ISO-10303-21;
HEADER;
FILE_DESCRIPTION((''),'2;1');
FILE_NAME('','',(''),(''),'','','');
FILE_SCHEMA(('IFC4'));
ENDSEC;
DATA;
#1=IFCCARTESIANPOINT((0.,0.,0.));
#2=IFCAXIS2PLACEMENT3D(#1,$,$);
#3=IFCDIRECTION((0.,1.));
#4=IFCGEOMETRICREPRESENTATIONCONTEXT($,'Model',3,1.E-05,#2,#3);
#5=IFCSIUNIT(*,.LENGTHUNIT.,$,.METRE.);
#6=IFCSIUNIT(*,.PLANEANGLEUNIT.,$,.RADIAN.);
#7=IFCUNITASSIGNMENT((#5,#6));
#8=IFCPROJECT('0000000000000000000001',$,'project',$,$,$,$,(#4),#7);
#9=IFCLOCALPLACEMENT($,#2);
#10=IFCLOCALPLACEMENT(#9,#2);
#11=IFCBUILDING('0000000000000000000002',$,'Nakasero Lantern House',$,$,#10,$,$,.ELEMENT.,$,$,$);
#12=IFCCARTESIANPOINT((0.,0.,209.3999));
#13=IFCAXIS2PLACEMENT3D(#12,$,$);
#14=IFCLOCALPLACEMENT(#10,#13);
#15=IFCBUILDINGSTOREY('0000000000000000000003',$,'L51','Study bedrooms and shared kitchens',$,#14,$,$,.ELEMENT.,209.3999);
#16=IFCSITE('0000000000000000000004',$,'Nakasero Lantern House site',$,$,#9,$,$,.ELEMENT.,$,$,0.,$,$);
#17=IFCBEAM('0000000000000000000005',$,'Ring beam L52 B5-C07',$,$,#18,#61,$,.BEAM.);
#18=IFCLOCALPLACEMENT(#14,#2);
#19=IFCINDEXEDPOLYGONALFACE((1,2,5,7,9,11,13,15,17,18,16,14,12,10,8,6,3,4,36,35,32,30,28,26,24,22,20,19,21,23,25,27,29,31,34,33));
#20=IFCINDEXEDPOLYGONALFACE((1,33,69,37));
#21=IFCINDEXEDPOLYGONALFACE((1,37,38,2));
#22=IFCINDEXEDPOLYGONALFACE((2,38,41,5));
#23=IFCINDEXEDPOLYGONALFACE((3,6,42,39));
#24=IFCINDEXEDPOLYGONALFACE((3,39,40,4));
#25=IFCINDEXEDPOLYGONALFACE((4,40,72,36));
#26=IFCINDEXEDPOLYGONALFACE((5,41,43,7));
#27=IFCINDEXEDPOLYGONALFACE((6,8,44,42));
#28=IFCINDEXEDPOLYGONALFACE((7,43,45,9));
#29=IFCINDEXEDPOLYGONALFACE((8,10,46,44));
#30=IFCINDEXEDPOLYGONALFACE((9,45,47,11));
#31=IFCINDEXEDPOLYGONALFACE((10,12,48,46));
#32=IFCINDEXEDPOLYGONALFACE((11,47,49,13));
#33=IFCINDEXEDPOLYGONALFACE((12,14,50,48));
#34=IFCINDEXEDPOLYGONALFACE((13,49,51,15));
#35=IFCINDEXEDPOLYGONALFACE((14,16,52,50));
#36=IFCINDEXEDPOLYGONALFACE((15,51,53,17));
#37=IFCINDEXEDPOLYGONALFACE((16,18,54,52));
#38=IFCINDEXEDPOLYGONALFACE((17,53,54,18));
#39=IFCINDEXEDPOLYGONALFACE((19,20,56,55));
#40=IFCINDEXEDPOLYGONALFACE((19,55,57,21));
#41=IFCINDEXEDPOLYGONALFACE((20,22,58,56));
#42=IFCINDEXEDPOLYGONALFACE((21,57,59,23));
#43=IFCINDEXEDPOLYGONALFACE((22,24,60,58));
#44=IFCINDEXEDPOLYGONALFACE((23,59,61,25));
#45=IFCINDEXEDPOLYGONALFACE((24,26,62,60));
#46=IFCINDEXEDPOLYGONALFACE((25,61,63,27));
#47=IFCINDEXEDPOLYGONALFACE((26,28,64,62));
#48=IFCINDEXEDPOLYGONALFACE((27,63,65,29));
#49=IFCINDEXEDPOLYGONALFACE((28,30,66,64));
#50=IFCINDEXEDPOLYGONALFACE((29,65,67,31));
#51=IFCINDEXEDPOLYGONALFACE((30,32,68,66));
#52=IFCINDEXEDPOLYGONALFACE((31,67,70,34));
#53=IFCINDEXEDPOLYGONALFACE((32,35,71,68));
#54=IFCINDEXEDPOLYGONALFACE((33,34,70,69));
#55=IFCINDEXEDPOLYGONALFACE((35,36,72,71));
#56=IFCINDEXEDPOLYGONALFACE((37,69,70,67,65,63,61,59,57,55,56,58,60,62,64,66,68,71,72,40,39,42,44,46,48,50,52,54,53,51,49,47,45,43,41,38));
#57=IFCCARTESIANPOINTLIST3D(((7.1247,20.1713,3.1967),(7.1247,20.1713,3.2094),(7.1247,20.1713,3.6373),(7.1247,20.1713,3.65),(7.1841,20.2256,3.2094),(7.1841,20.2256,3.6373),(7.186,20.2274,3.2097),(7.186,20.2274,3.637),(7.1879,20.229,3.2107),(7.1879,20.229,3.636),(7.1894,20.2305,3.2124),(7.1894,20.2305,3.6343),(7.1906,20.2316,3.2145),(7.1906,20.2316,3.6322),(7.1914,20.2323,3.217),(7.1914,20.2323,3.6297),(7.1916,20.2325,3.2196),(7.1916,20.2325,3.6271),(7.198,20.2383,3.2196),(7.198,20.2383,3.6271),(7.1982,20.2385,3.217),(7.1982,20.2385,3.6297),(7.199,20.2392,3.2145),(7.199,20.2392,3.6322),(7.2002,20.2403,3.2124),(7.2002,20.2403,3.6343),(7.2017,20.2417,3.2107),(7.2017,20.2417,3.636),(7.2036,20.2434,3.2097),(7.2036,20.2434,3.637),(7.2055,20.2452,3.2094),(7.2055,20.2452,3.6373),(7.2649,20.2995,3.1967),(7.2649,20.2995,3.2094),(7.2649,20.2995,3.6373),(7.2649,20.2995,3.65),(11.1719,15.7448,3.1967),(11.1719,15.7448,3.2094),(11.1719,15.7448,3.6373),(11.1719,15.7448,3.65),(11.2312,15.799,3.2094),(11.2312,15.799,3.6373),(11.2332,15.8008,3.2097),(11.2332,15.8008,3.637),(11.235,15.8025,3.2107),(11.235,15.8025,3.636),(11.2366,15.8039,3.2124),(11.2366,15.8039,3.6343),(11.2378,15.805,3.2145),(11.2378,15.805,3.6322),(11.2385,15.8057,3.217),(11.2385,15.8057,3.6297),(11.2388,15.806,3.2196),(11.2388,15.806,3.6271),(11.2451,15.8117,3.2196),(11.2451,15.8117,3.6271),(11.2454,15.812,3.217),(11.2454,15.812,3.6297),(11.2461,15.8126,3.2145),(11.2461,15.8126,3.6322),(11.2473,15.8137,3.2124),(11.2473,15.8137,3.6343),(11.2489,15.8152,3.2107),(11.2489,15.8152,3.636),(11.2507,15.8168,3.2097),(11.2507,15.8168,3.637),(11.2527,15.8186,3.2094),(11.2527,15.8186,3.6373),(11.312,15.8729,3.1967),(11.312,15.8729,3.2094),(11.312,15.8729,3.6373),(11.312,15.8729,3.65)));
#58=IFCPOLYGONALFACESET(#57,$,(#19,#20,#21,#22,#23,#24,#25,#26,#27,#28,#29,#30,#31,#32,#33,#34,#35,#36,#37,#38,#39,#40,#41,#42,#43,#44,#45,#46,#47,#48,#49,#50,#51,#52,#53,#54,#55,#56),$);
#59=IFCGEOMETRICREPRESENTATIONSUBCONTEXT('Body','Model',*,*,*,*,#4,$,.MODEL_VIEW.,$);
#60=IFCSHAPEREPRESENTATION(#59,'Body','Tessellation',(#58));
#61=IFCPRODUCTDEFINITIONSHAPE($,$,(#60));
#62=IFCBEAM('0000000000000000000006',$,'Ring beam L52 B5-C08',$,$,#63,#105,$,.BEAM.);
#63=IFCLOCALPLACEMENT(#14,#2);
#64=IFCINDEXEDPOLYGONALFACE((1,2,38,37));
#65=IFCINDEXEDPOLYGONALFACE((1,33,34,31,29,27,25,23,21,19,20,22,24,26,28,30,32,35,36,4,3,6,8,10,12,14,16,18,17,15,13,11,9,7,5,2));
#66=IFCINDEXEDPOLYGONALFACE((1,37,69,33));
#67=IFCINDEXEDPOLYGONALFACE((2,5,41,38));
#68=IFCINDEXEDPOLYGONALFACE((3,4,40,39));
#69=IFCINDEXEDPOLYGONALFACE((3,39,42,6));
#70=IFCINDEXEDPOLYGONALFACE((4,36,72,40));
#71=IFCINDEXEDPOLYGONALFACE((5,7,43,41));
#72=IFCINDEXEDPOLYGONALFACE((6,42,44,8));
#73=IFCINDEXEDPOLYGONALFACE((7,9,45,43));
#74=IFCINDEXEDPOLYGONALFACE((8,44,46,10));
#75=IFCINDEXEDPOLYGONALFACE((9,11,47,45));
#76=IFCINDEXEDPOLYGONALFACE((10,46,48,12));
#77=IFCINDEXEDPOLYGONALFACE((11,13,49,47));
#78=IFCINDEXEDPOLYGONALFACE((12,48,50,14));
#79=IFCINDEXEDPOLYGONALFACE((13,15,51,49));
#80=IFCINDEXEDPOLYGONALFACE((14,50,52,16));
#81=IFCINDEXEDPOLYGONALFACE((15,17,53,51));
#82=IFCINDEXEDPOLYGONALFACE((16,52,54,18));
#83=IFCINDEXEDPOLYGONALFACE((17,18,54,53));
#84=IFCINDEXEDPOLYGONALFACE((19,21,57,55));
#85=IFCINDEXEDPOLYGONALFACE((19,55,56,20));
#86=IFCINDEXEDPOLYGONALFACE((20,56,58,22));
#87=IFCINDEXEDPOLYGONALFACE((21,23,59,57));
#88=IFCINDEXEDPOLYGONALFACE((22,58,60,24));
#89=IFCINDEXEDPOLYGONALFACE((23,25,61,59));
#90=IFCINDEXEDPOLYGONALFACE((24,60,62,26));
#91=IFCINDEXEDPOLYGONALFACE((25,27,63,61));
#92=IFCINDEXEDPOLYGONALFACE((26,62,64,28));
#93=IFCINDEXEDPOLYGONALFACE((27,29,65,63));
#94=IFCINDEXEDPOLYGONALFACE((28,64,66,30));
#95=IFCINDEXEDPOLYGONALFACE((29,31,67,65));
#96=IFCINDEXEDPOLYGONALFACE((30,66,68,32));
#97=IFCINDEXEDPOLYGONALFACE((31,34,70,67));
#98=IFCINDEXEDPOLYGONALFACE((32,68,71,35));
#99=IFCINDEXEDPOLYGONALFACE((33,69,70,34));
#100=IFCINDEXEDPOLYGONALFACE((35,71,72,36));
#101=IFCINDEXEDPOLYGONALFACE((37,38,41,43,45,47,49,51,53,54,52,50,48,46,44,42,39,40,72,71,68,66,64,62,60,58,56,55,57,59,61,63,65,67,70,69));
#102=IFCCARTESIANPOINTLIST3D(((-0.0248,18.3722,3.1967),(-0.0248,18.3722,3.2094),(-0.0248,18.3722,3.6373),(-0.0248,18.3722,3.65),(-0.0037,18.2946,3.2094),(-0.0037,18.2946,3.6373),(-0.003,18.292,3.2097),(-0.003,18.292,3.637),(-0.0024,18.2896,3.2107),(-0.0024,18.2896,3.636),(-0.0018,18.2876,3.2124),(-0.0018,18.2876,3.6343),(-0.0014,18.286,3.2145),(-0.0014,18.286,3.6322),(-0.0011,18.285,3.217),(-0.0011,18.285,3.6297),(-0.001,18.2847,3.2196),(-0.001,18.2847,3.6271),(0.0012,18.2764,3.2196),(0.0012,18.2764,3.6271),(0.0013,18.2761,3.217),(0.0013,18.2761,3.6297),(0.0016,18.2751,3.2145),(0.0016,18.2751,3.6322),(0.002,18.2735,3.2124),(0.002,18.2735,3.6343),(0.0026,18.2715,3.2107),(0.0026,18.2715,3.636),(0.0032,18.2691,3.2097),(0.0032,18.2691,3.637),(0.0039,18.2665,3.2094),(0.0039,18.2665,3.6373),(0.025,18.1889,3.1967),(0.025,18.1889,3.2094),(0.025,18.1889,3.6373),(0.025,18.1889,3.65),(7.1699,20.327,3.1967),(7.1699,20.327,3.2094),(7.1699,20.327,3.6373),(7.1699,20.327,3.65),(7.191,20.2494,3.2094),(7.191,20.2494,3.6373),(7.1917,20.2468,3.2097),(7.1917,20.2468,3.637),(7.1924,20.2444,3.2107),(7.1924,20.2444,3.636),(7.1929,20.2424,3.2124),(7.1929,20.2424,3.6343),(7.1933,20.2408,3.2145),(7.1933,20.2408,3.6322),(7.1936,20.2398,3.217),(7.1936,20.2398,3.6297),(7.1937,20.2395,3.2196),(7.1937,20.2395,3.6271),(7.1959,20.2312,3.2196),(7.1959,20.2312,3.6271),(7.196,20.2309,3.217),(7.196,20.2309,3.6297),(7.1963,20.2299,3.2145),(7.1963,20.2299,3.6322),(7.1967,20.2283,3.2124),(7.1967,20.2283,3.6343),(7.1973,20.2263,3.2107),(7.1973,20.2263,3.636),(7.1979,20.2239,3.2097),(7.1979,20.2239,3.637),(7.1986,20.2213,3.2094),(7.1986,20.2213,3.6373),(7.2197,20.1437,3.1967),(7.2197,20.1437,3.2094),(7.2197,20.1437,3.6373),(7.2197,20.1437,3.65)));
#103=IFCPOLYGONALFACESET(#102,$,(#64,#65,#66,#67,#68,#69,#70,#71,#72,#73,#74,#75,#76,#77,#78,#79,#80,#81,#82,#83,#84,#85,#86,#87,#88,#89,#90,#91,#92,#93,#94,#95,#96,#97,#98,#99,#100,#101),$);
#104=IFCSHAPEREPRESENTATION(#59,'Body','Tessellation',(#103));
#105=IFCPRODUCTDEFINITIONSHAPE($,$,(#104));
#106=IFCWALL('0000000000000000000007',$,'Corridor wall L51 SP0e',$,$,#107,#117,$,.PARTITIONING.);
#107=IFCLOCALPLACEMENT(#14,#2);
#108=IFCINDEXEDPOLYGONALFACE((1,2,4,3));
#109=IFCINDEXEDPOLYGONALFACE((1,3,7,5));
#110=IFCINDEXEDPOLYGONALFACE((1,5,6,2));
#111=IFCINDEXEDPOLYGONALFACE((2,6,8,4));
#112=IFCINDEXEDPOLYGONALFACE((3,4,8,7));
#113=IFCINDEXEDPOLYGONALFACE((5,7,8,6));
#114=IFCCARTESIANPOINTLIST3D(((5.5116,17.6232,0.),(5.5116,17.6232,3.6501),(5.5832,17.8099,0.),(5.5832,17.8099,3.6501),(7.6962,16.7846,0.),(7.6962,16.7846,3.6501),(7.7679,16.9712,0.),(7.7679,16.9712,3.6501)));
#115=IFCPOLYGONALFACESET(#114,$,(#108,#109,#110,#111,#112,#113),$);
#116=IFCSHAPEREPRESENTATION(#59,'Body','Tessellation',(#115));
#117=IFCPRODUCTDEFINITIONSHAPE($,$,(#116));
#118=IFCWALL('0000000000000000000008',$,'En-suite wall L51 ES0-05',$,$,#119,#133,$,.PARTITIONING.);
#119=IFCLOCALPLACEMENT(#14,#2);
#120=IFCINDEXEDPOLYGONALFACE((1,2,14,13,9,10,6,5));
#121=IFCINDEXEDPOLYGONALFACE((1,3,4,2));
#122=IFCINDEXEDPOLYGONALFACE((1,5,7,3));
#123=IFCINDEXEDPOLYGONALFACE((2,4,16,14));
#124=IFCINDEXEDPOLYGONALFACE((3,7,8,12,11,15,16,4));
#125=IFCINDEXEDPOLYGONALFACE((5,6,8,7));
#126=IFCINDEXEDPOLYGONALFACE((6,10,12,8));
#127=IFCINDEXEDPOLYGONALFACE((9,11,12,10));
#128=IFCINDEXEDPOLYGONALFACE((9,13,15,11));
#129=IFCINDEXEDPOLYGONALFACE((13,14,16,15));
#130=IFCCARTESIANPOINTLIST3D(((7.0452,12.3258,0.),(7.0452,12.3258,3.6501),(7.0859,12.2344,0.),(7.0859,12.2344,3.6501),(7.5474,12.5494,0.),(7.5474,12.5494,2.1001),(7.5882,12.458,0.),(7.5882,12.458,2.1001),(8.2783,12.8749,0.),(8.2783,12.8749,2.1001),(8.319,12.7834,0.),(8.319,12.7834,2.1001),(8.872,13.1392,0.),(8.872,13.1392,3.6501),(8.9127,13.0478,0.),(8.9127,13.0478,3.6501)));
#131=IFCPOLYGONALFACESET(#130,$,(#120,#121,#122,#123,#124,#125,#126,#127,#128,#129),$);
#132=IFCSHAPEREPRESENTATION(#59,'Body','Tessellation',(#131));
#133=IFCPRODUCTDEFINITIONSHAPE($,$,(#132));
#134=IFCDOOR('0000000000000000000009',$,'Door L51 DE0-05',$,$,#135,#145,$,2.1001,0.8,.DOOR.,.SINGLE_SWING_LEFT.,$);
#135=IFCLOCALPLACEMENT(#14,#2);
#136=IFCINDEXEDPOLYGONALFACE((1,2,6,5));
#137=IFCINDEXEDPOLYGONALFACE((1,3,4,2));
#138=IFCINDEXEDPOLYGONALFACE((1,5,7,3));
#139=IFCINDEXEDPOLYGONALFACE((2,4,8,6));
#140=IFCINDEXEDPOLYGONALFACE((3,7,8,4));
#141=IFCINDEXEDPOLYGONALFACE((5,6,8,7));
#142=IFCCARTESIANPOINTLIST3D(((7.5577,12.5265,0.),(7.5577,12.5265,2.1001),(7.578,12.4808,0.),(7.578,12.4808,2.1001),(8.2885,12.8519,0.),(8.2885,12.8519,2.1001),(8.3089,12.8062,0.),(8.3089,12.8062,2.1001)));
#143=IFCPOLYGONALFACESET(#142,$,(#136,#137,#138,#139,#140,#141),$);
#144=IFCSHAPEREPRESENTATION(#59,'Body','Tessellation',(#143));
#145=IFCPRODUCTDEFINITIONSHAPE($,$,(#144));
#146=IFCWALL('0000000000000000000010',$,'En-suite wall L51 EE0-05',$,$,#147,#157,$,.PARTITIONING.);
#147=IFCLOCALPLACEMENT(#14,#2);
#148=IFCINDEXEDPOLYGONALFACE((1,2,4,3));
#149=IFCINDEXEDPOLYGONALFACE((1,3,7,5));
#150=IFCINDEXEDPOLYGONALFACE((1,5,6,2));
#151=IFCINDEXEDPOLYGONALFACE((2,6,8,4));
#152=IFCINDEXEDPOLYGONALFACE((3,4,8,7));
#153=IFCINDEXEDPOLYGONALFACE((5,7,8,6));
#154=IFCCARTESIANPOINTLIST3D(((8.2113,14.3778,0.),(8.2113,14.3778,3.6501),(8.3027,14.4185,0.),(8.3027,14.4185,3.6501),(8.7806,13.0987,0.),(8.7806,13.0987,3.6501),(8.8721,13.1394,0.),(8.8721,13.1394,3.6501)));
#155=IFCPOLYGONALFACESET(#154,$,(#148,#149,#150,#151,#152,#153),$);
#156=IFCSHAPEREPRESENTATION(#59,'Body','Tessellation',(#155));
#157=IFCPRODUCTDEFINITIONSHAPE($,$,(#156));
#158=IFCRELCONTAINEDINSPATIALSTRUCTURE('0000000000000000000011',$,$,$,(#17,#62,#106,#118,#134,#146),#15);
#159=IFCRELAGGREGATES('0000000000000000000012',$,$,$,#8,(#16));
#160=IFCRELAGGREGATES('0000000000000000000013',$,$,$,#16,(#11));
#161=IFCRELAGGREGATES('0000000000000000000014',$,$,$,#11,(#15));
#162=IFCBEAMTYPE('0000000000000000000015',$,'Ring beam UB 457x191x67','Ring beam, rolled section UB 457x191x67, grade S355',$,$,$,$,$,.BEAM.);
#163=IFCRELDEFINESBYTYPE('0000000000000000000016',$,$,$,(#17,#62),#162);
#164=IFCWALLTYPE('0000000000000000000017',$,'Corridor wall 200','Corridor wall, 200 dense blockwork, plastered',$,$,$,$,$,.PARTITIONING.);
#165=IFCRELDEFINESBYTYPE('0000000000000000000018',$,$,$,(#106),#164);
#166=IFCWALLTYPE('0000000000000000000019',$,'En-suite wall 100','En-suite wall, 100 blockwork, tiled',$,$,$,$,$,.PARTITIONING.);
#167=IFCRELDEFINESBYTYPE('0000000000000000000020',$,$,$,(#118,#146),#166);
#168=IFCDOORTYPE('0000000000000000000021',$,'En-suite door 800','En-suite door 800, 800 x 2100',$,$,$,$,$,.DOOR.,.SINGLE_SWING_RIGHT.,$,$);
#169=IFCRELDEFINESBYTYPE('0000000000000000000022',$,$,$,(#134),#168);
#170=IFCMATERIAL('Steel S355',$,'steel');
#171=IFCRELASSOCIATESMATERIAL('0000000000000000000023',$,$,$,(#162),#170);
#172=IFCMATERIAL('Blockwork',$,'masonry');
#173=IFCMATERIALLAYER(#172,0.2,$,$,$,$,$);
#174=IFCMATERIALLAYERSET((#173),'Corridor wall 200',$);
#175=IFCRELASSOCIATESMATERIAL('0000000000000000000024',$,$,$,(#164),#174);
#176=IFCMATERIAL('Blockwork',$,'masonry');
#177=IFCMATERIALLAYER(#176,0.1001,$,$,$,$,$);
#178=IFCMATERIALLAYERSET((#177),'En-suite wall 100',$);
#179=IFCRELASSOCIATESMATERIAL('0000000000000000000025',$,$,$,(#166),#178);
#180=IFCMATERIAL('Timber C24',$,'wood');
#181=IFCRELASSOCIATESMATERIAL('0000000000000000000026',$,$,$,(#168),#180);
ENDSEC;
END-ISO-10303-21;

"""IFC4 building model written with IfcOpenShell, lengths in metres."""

from ifc_helpers import new_model, si_unit, direction, frame, frame_2d, origin, origin_2d, place, context, subcontext, project, spatial, rectangle, i_section, extrude, material, layer, layer_set, material_profile, profile_set, type_object, element, fill, save


model = new_model("IFC4")

# Units and contexts
model_context = context("Model", 3, precision=1e-05, world=origin(), true_north=direction((0.0, 1.0)))
body_context = subcontext(model_context, "Body", "Model", "MODEL_VIEW")
ifc_project = project(units=[si_unit("LENGTHUNIT", "METRE"), si_unit("PLANEANGLEUNIT", "RADIAN")], contexts=[model_context])

# Site, building, storey
site_placement = place(None, origin())
site = spatial("IfcSite", under=ifc_project, at=site_placement, Name="Nakasero Lantern House site", CompositionType="ELEMENT", RefElevation=0.0)
building_placement = place(site_placement, origin())
building = spatial("IfcBuilding", under=site, at=building_placement, Name="Nakasero Lantern House", CompositionType="ELEMENT")
storey_placement = place(building_placement, frame((0.0, 0.0, 209.3999)))
storey = spatial("IfcBuildingStorey", under=building, at=storey_placement, Name="L51", Description="Study bedrooms and shared kitchens", CompositionType="ELEMENT", Elevation=209.3999)

# Beams
ifc_material_1 = material(Name="Steel S355", Category="steel")
ifc_material_profile_1 = material_profile(ifc_material_1, i_section(OverallWidth=0.1899, OverallDepth=0.4534, WebThickness=0.0085, FlangeThickness=0.0127, FilletRadius=0.0103, at=origin_2d()), Name="UB 457x191x67")
ifc_profile_set_1 = profile_set([ifc_material_profile_1], Name="Steel S355")
beam_type_1 = type_object("IfcBeamType", Name="Ring beam UB 457x191x67", Description="Ring beam, rolled section UB 457x191x67, grade S355", PredefinedType="BEAM", material=ifc_profile_set_1)
beam_1_placement = place(storey_placement, frame((11.2419, 15.8088, 3.4233), z_axis=(-0.674771, 0.738027, 0.0), x_axis=(-0.738027, -0.674771, 0.0)))
element("IfcBeam", 1, at=beam_1_placement, inside=storey, type_object=beam_type_1, Name="Ring beam L52 B5-C07", PredefinedType="BEAM", context=body_context, shape_type="SweptSolid", body=[
    extrude(i_section(OverallWidth=0.1899, OverallDepth=0.4534, WebThickness=0.0085, FlangeThickness=0.0127, FilletRadius=0.0103, at=origin_2d()), origin(), (0.0, 0.0, 1.0), 5.9978),
])
beam_2_placement = place(storey_placement, frame((7.1948, 20.2354, 3.4233), z_axis=(-0.965015, -0.262195, 0.0), x_axis=(0.262195, -0.965015, 0.0)))
element("IfcBeam", 2, at=beam_2_placement, inside=storey, type_object=beam_type_1, Name="Ring beam L52 B5-C08", PredefinedType="BEAM", context=body_context, shape_type="SweptSolid", body=[
    extrude(i_section(OverallWidth=0.1899, OverallDepth=0.4534, WebThickness=0.0085, FlangeThickness=0.0127, FilletRadius=0.0103, at=origin_2d()), origin(), (0.0, 0.0, 1.0), 7.4556),
])

# Wall
ifc_material_2 = material(Name="Blockwork", Category="masonry")
ifc_layer_1 = layer(ifc_material_2, 0.2)
ifc_layer_set_1 = layer_set([ifc_layer_1], Name="Corridor wall 200")
wall_type_1 = type_object("IfcWallType", Name="Corridor wall 200", Description="Corridor wall, 200 dense blockwork, plastered", PredefinedType="PARTITIONING", material=ifc_layer_set_1)
wall_1_placement = place(storey_placement, frame((7.7319, 16.8779, 0.0), z_axis=(0.0, 0.0, 1.0), x_axis=(-0.933574, 0.358385, 0.0)))
element("IfcWall", 3, at=wall_1_placement, inside=storey, type_object=wall_type_1, Name="Corridor wall L51 SP0e", PredefinedType="PARTITIONING", context=body_context, shape_type="SweptSolid", body=[
    extrude(rectangle(XDim=2.3401, YDim=0.2, at=frame_2d((1.1699, 0.0))), origin(), (0.0, 0.0, 1.0), 3.6501),
])

# Wall, opening, door
ifc_material_3 = material(Name="Blockwork", Category="masonry")
ifc_layer_2 = layer(ifc_material_3, 0.1001)
ifc_layer_set_2 = layer_set([ifc_layer_2], Name="En-suite wall 100")
wall_type_2 = type_object("IfcWallType", Name="En-suite wall 100", Description="En-suite wall, 100 blockwork, tiled", PredefinedType="PARTITIONING", material=ifc_layer_set_2)
wall_2_placement = place(storey_placement, frame((7.0654, 12.28, 0.0), z_axis=(0.0, 0.0, 1.0), x_axis=(0.913529, 0.406773, 0.0)))
wall_2 = element("IfcWall", 4, at=wall_2_placement, inside=storey, type_object=wall_type_2, Name="En-suite wall L51 ES0-05", PredefinedType="PARTITIONING", context=body_context, shape_type="SweptSolid", body=[
    extrude(rectangle(XDim=1.9998, YDim=0.1001, at=frame_2d((1.0, 0.0))), origin(), (0.0, 0.0, 1.0), 3.6501),
])
opening_1_placement = place(wall_2_placement, frame((0.55, 0.0, 0.0)))
opening_1 = element("IfcOpeningElement", 5, at=opening_1_placement, cuts=wall_2, PredefinedType="OPENING", context=body_context, shape_type="SweptSolid", body=[
    extrude(rectangle(XDim=0.8, YDim=2.1001, at=frame_2d((0.3999, 1.05))), frame((0.0, 0.0701, 0.0), z_axis=(0.0, -1.0, 0.0), x_axis=(1.0, 0.0, 0.0)), (0.0, 0.0, 1.0), 0.1401),
])
ifc_material_4 = material(Name="Timber C24", Category="wood")
door_type_1 = type_object("IfcDoorType", Name="En-suite door 800", Description="En-suite door 800, 800 x 2100", OperationType="SINGLE_SWING_RIGHT", PredefinedType="DOOR", material=ifc_material_4)
door_1_placement = place(opening_1_placement, origin())
door_1 = element("IfcDoor", 6, at=door_1_placement, inside=storey, type_object=door_type_1, Name="Door L51 DE0-05", OperationType="SINGLE_SWING_LEFT", OverallHeight=2.1001, OverallWidth=0.8, PredefinedType="DOOR", context=body_context, shape_type="SweptSolid", body=[
    extrude(rectangle(XDim=0.8, YDim=2.1001, at=frame_2d((0.3999, 1.05))), frame((0.0, 0.0249, 0.0), z_axis=(0.0, -1.0, 0.0), x_axis=(1.0, 0.0, 0.0)), (0.0, 0.0, 1.0), 0.05),
])
fill(opening_1, door_1)

# Wall
wall_3_placement = place(storey_placement, frame((8.8264, 13.1189, 0.0), z_axis=(0.0, 0.0, 1.0), x_axis=(-0.406656, 0.913581, 0.0)))
element("IfcWall", 7, at=wall_3_placement, inside=storey, type_object=wall_type_2, Name="En-suite wall L51 EE0-05", PredefinedType="PARTITIONING", context=body_context, shape_type="SweptSolid", body=[
    extrude(rectangle(XDim=1.4001, YDim=0.1001, at=frame_2d((0.7002, 0.0))), origin(), (0.0, 0.0, 1.0), 3.6501),
])

save(model, "model.ifc")
